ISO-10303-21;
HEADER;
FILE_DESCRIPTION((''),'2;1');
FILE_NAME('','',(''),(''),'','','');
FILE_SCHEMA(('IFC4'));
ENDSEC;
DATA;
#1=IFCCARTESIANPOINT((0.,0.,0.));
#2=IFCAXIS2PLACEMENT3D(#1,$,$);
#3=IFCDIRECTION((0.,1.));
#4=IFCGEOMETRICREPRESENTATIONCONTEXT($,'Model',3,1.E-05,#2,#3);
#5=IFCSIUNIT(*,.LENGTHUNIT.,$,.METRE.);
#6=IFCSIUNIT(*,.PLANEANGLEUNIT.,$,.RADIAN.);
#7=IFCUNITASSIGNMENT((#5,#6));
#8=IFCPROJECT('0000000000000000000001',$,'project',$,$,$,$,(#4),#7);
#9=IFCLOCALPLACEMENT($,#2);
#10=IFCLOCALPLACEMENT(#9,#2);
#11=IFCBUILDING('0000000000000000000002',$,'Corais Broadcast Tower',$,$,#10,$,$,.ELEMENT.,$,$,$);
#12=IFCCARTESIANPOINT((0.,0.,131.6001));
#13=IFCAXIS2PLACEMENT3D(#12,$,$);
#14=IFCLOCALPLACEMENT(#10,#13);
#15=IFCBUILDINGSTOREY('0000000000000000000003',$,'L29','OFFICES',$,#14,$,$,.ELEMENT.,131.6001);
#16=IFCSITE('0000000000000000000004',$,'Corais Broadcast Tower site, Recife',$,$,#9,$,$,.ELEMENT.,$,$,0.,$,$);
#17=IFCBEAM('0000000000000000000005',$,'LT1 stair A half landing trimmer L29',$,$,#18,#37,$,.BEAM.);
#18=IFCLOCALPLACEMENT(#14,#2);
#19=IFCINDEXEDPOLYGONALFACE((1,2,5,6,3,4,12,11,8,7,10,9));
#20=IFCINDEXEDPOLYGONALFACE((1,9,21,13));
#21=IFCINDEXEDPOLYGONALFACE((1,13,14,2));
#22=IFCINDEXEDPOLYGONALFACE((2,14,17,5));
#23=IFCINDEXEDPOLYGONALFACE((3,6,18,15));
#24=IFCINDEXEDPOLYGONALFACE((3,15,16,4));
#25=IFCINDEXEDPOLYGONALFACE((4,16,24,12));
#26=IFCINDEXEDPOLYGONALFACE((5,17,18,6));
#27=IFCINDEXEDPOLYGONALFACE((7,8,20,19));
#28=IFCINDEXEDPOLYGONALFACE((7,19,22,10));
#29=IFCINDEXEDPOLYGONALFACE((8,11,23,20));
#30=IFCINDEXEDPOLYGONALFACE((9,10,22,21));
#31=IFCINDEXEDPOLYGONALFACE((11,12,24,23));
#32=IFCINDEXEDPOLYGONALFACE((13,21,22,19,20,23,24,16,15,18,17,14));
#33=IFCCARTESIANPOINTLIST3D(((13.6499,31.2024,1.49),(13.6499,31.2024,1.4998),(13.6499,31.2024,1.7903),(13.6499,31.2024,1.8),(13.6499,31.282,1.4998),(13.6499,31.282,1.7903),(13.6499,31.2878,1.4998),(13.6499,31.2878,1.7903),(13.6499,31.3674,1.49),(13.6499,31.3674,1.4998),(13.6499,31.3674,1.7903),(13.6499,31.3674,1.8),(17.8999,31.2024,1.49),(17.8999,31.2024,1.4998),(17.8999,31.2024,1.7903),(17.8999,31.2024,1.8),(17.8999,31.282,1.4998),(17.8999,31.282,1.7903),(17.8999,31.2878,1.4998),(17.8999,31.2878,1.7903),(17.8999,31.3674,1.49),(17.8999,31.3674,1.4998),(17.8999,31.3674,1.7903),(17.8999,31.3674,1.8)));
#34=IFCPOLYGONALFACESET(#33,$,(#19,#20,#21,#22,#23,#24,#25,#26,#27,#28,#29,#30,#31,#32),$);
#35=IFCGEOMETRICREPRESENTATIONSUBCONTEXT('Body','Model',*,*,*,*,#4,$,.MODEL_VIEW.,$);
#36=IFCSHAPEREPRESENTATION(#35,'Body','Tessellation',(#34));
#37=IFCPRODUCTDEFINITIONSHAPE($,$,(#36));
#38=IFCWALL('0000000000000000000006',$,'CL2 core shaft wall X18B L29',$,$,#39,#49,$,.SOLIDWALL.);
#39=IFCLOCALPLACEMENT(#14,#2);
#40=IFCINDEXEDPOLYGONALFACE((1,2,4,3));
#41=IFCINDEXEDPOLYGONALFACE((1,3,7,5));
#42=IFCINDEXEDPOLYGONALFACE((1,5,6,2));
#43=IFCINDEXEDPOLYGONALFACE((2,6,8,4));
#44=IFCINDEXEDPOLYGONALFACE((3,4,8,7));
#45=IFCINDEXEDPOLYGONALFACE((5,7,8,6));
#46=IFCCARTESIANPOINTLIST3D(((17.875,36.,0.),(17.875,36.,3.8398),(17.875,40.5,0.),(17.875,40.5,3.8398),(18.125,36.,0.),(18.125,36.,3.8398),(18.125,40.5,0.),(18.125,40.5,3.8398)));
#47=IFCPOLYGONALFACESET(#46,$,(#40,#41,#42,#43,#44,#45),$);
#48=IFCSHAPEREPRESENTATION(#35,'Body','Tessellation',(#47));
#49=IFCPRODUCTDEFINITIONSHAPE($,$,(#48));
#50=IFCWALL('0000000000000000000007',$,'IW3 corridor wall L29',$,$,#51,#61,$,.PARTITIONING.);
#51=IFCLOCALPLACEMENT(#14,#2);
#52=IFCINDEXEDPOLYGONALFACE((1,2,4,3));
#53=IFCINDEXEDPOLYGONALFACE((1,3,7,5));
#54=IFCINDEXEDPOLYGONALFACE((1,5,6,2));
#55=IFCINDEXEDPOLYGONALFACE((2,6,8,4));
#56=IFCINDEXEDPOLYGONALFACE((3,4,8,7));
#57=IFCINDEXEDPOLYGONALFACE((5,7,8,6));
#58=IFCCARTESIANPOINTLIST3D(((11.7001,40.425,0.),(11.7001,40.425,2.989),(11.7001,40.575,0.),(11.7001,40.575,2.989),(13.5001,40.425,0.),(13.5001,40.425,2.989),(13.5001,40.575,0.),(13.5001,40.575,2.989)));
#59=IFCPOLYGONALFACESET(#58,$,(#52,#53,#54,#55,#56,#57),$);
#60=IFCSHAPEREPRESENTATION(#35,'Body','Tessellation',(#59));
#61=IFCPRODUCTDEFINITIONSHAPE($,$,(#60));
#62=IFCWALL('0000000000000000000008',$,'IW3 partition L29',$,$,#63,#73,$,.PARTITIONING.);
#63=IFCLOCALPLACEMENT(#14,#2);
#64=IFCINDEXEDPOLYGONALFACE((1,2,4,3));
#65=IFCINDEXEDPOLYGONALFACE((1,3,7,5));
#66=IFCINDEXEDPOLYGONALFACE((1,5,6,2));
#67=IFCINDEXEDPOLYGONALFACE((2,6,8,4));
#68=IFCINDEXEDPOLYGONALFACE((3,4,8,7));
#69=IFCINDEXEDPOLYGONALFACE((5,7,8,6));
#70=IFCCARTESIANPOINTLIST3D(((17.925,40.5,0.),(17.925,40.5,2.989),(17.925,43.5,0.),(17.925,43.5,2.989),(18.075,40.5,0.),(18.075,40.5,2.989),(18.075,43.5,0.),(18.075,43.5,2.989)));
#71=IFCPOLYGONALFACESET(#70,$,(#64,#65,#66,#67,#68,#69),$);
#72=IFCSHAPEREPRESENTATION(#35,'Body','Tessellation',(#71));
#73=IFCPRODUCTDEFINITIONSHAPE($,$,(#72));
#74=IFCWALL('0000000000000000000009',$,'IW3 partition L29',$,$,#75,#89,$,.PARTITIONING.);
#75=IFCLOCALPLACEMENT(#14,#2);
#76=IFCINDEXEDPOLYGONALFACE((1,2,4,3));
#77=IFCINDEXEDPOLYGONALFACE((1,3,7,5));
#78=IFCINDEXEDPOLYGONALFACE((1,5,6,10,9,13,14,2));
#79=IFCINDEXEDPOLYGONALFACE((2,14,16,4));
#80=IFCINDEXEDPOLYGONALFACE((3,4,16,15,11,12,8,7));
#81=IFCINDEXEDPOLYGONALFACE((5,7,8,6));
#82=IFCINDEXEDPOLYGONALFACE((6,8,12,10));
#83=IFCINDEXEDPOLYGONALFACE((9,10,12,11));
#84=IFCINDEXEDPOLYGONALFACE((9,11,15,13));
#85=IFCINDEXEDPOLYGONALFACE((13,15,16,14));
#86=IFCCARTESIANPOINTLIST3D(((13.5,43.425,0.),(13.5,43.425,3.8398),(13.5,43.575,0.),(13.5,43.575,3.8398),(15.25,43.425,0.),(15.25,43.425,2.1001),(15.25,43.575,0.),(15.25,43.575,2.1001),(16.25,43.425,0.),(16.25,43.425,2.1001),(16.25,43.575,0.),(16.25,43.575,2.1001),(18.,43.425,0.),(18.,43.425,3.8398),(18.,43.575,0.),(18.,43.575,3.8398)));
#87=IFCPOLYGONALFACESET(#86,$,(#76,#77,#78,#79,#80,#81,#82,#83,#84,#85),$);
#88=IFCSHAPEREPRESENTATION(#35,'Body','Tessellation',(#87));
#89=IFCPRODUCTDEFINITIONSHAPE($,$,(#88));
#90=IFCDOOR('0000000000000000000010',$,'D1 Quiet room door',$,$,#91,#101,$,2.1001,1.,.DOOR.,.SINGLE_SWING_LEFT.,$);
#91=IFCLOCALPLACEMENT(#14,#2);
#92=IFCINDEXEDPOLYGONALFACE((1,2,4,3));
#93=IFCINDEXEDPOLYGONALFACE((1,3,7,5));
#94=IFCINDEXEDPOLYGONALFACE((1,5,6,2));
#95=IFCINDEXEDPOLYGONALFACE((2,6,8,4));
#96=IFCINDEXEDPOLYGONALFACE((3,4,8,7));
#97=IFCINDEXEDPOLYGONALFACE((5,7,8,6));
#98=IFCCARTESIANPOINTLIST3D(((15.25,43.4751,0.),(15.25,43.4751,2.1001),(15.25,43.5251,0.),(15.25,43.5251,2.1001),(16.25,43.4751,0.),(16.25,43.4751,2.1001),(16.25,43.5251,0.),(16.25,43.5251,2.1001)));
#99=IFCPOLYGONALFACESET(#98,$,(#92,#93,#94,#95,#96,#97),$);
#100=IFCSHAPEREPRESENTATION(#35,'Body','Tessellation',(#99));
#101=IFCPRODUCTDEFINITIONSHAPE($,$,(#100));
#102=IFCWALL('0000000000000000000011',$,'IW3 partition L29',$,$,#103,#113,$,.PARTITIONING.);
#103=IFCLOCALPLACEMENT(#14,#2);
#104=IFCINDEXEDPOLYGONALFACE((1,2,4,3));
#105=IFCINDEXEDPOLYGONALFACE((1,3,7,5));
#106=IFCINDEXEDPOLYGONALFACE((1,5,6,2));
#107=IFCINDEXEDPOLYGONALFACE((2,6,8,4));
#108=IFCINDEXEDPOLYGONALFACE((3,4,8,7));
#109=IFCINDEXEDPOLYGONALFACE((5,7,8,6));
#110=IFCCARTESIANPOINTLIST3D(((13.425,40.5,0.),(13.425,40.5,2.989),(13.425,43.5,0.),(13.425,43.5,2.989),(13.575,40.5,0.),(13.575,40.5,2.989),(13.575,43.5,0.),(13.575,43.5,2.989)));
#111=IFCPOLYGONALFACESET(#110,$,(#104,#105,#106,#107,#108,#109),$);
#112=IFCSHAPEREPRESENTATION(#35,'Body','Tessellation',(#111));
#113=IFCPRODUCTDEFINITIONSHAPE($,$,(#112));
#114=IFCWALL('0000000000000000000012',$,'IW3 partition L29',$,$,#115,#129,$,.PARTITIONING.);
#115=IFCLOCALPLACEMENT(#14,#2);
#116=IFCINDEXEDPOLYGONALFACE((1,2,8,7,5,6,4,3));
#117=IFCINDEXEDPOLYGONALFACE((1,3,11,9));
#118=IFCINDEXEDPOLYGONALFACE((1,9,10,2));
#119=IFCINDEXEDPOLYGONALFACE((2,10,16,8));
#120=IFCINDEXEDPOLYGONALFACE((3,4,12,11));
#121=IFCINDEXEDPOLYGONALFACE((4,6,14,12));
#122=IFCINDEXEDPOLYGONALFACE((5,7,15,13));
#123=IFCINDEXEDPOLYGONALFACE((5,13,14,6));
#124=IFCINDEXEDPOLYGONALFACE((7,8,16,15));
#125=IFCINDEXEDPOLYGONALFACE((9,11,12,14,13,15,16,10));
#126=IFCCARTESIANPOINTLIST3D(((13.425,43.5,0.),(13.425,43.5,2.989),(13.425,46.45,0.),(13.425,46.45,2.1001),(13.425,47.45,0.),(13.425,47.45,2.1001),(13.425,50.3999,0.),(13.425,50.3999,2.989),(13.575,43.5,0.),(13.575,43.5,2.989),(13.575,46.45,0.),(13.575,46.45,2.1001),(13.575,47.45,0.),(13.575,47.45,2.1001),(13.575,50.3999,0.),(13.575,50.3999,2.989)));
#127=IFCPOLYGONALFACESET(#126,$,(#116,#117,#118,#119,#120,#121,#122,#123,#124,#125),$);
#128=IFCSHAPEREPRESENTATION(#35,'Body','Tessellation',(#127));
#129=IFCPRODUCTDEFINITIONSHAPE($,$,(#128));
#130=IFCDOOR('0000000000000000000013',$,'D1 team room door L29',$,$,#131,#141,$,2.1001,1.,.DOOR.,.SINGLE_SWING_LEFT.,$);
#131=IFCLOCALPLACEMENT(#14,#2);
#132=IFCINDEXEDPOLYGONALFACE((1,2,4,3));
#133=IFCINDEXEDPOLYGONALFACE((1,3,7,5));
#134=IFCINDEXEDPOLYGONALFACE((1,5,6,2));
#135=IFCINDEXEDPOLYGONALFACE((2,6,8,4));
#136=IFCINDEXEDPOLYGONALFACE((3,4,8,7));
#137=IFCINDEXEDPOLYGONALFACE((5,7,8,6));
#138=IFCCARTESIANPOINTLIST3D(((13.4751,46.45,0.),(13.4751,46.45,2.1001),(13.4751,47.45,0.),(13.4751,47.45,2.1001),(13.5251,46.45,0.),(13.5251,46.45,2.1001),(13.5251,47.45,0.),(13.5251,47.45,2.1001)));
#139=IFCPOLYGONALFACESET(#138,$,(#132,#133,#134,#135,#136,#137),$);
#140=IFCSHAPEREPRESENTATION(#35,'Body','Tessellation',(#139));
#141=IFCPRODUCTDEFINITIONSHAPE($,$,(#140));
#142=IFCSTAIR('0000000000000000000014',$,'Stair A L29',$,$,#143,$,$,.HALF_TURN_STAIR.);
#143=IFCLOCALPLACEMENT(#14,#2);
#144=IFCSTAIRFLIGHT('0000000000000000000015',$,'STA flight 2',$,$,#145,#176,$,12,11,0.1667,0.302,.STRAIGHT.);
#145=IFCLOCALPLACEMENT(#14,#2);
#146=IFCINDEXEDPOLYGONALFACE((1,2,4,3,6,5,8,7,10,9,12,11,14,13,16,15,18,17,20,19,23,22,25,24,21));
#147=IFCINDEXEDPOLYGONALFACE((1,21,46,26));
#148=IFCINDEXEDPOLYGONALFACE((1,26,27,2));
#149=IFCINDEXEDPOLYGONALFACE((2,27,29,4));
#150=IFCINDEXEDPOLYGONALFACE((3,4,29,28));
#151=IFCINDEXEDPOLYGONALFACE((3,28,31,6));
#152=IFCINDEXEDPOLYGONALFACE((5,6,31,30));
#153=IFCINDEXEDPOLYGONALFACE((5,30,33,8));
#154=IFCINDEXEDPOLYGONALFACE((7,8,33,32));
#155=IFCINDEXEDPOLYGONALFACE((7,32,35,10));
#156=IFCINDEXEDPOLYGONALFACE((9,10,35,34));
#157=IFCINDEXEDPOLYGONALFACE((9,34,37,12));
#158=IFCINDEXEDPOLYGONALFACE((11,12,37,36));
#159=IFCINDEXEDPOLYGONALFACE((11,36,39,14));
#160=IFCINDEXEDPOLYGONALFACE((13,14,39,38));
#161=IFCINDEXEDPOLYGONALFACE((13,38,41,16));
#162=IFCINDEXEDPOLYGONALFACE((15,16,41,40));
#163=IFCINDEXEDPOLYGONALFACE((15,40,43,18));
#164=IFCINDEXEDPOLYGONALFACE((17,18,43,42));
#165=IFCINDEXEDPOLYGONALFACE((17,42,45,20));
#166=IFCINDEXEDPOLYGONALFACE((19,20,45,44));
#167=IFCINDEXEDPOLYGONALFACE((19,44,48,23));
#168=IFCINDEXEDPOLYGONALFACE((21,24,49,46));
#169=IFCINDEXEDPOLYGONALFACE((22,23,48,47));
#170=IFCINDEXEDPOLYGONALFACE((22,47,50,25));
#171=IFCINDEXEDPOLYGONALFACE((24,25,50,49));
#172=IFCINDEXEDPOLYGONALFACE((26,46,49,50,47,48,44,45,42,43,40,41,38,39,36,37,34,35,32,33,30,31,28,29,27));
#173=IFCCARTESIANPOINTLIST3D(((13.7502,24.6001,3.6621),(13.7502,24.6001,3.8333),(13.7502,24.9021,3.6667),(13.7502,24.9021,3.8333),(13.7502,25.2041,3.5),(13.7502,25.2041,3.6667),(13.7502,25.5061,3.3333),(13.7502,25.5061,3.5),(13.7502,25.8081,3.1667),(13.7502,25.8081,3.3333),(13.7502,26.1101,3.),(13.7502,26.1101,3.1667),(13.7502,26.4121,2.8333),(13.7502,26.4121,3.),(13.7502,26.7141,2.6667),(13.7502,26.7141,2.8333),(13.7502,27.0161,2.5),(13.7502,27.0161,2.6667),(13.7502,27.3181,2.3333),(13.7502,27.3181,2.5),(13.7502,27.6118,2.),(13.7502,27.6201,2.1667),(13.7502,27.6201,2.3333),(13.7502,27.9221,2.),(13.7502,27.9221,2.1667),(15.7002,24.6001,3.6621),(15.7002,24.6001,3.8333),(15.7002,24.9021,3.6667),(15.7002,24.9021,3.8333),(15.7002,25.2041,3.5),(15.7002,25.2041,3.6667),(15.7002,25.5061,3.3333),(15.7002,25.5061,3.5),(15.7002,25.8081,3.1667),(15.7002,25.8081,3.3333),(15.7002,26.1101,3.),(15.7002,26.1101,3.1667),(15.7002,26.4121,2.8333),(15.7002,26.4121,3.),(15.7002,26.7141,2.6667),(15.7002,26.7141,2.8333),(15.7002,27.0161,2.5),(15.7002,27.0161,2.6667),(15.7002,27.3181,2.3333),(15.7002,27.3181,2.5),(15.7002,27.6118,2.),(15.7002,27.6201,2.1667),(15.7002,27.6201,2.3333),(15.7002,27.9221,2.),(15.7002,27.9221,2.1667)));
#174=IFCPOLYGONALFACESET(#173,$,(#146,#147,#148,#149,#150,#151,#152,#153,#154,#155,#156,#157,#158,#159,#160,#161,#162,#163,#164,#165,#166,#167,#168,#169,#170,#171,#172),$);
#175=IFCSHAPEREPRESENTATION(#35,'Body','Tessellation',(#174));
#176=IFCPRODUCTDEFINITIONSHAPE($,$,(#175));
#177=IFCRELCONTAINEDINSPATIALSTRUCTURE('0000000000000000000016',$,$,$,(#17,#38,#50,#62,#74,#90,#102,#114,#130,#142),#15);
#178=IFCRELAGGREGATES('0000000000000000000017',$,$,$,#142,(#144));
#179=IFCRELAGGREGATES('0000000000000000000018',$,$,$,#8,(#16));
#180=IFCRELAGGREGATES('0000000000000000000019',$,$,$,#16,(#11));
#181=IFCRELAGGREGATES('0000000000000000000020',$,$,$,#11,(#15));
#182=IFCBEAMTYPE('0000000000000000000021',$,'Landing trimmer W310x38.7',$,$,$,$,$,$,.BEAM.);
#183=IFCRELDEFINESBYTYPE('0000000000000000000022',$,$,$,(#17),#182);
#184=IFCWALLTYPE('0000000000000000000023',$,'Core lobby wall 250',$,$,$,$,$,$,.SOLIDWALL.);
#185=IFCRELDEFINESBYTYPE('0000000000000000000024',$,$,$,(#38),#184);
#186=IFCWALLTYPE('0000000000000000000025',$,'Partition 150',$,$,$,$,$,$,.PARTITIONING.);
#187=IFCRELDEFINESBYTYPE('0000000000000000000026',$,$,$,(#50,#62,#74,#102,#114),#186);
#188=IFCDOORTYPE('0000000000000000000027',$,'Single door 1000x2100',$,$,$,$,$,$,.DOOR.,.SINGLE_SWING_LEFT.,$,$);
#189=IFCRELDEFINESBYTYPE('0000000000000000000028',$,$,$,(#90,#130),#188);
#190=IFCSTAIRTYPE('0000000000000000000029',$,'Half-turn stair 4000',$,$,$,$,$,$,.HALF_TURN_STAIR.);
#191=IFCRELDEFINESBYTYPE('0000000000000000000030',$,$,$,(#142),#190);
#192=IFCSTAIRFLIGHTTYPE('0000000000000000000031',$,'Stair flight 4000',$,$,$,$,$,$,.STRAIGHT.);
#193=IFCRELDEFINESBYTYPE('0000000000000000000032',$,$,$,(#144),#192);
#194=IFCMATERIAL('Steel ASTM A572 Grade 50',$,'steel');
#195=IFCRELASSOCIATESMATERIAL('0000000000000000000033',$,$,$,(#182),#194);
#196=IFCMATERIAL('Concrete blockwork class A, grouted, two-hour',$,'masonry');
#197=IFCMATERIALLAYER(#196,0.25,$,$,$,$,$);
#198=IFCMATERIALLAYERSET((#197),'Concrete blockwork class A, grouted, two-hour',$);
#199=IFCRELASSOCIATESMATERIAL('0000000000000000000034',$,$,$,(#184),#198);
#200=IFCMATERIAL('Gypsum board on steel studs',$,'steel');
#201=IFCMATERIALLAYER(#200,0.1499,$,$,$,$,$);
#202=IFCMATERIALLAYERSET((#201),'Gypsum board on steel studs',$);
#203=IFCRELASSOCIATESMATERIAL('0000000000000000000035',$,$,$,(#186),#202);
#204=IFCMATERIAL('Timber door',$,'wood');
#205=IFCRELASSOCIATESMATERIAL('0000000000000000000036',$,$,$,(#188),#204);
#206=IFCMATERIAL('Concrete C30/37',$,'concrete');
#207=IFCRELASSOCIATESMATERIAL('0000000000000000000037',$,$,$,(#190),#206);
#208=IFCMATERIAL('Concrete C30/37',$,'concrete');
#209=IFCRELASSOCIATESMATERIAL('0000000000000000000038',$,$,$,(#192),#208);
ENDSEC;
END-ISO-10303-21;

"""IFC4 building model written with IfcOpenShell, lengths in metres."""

from ifc_helpers import new_model, si_unit, direction, frame, frame_2d, origin, origin_2d, place, context, subcontext, project, spatial, polyline, rectangle, i_section, outline, extrude, material, layer, layer_set, material_profile, profile_set, type_object, element, fill, aggregate, save


model = new_model("IFC4")

# Units and contexts
model_context = context("Model", 3, precision=1e-05, world=origin(), true_north=direction((0.0, 1.0)))
body_context = subcontext(model_context, "Body", "Model", "MODEL_VIEW")
ifc_project = project(units=[si_unit("LENGTHUNIT", "METRE"), si_unit("PLANEANGLEUNIT", "RADIAN")], contexts=[model_context])

# Site, building, storey
site_placement = place(None, origin())
site = spatial("IfcSite", under=ifc_project, at=site_placement, Name="Corais Broadcast Tower site, Recife", CompositionType="ELEMENT", RefElevation=0.0)
building_placement = place(site_placement, origin())
building = spatial("IfcBuilding", under=site, at=building_placement, Name="Corais Broadcast Tower", CompositionType="ELEMENT")
storey_placement = place(building_placement, frame((0.0, 0.0, 131.6001)))
storey = spatial("IfcBuildingStorey", under=building, at=storey_placement, Name="L29", Description="OFFICES", CompositionType="ELEMENT", Elevation=131.6001)

# Beam
ifc_material_1 = material(Name="Steel ASTM A572 Grade 50", Category="steel")
ifc_material_profile = material_profile(ifc_material_1, i_section(OverallWidth=0.165, OverallDepth=0.3101, WebThickness=0.0059, FlangeThickness=0.0098, at=origin_2d()), Name="W310x38.7")
ifc_profile_set = profile_set([ifc_material_profile], Name="Steel ASTM A572 Grade 50")
beam_type = type_object("IfcBeamType", Name="Landing trimmer W310x38.7", PredefinedType="BEAM", material=ifc_profile_set)
beam_placement = place(storey_placement, frame((13.6499, 31.2849, 1.645), z_axis=(1.0, 0.0, 0.0), x_axis=(0.0, 1.0, 0.0)))
element("IfcBeam", 1, at=beam_placement, inside=storey, type_object=beam_type, Name="LT1 stair A half landing trimmer L29", PredefinedType="BEAM", context=body_context, shape_type="SweptSolid", body=[
    extrude(i_section(OverallWidth=0.165, OverallDepth=0.3101, WebThickness=0.0059, FlangeThickness=0.0098, at=origin_2d()), origin(), (0.0, 0.0, 1.0), 4.25),
])

# Walls
ifc_material_2 = material(Name="Concrete blockwork class A, grouted, two-hour", Category="masonry")
ifc_layer_1 = layer(ifc_material_2, 0.25)
ifc_layer_set_1 = layer_set([ifc_layer_1], Name="Concrete blockwork class A, grouted, two-hour")
wall_type_1 = type_object("IfcWallType", Name="Core lobby wall 250", PredefinedType="SOLIDWALL", material=ifc_layer_set_1)
wall_1_placement = place(storey_placement, frame((18.0, 36.0, 0.0), z_axis=(0.0, 0.0, 1.0), x_axis=(0.0, 1.0, 0.0)))
element("IfcWall", 2, at=wall_1_placement, inside=storey, type_object=wall_type_1, Name="CL2 core shaft wall X18B L29", PredefinedType="SOLIDWALL", context=body_context, shape_type="SweptSolid", body=[
    extrude(rectangle(XDim=4.5, YDim=0.25, at=frame_2d((2.25, 0.0))), origin(), (0.0, 0.0, 1.0), 3.8398),
])
ifc_material_3 = material(Name="Gypsum board on steel studs", Category="steel")
ifc_layer_2 = layer(ifc_material_3, 0.1499)
ifc_layer_set_2 = layer_set([ifc_layer_2], Name="Gypsum board on steel studs")
wall_type_2 = type_object("IfcWallType", Name="Partition 150", PredefinedType="PARTITIONING", material=ifc_layer_set_2)
wall_2_placement = place(storey_placement, frame((13.5, 40.5, 0.0), z_axis=(0.0, 0.0, 1.0), x_axis=(-1.0, 0.0, 0.0)))
element("IfcWall", 3, at=wall_2_placement, inside=storey, type_object=wall_type_2, Name="IW3 corridor wall L29", PredefinedType="PARTITIONING", context=body_context, shape_type="SweptSolid", body=[
    extrude(rectangle(XDim=1.8, YDim=0.1499, at=frame_2d((0.8999, 0.0))), origin(), (0.0, 0.0, 1.0), 2.989),
])
wall_3_placement = place(storey_placement, frame((18.0, 40.5, 0.0), z_axis=(0.0, 0.0, 1.0), x_axis=(0.0, 1.0, 0.0)))
element("IfcWall", 4, at=wall_3_placement, inside=storey, type_object=wall_type_2, Name="IW3 partition L29", PredefinedType="PARTITIONING", context=body_context, shape_type="SweptSolid", body=[
    extrude(rectangle(XDim=3.0, YDim=0.1499, at=frame_2d((1.5, 0.0))), origin(), (0.0, 0.0, 1.0), 2.989),
])

# Wall, opening, door
wall_4_placement = place(storey_placement, frame((18.0, 43.5, 0.0), z_axis=(0.0, 0.0, 1.0), x_axis=(-1.0, 0.0, 0.0)))
wall_4 = element("IfcWall", 5, at=wall_4_placement, inside=storey, type_object=wall_type_2, Name="IW3 partition L29", PredefinedType="PARTITIONING", context=body_context, shape_type="SweptSolid", body=[
    extrude(rectangle(XDim=4.5, YDim=0.1499, at=frame_2d((2.25, 0.0))), origin(), (0.0, 0.0, 1.0), 3.8398),
])
opening_1_placement = place(wall_4_placement, frame((1.75, 0.0, 0.0)))
opening_1 = element("IfcOpeningElement", 6, at=opening_1_placement, cuts=wall_4, PredefinedType="OPENING", context=body_context, shape_type="SweptSolid", body=[
    extrude(rectangle(XDim=1.0, YDim=2.1001, at=frame_2d((0.5, 1.05))), frame((0.0, 0.085, 0.0), z_axis=(0.0, -1.0, 0.0), x_axis=(1.0, 0.0, 0.0)), (0.0, 0.0, 1.0), 0.1699),
])
ifc_material_4 = material(Name="Timber door", Category="wood")
door_type = type_object("IfcDoorType", Name="Single door 1000x2100", OperationType="SINGLE_SWING_LEFT", PredefinedType="DOOR", material=ifc_material_4)
door_1_placement = place(opening_1_placement, origin())
door_1 = element("IfcDoor", 7, at=door_1_placement, inside=storey, type_object=door_type, Name="D1 Quiet room door", OperationType="SINGLE_SWING_LEFT", OverallHeight=2.1001, OverallWidth=1.0, PredefinedType="DOOR", context=body_context, shape_type="SweptSolid", body=[
    extrude(rectangle(XDim=1.0, YDim=2.1001, at=frame_2d((0.5, 1.05))), frame((0.0, 0.0249, 0.0), z_axis=(0.0, -1.0, 0.0), x_axis=(1.0, 0.0, 0.0)), (0.0, 0.0, 1.0), 0.05),
])
fill(opening_1, door_1)

# Wall
wall_5_placement = place(storey_placement, frame((13.5, 43.5, 0.0), z_axis=(0.0, 0.0, 1.0), x_axis=(0.0, -1.0, 0.0)))
element("IfcWall", 8, at=wall_5_placement, inside=storey, type_object=wall_type_2, Name="IW3 partition L29", PredefinedType="PARTITIONING", context=body_context, shape_type="SweptSolid", body=[
    extrude(rectangle(XDim=3.0, YDim=0.1499, at=frame_2d((1.5, 0.0))), origin(), (0.0, 0.0, 1.0), 2.989),
])

# Wall, opening, door
wall_6_placement = place(storey_placement, frame((13.5, 43.5, 0.0), z_axis=(0.0, 0.0, 1.0), x_axis=(0.0, 1.0, 0.0)))
wall_6 = element("IfcWall", 9, at=wall_6_placement, inside=storey, type_object=wall_type_2, Name="IW3 partition L29", PredefinedType="PARTITIONING", context=body_context, shape_type="SweptSolid", body=[
    extrude(rectangle(XDim=6.8999, YDim=0.1499, at=frame_2d((3.45, 0.0))), origin(), (0.0, 0.0, 1.0), 2.989),
])
opening_2_placement = place(wall_6_placement, frame((2.95, 0.0, 0.0)))
opening_2 = element("IfcOpeningElement", 10, at=opening_2_placement, cuts=wall_6, PredefinedType="OPENING", context=body_context, shape_type="SweptSolid", body=[
    extrude(rectangle(XDim=1.0, YDim=2.1001, at=frame_2d((0.5, 1.05))), frame((0.0, 0.085, 0.0), z_axis=(0.0, -1.0, 0.0), x_axis=(1.0, 0.0, 0.0)), (0.0, 0.0, 1.0), 0.1699),
])
door_2_placement = place(opening_2_placement, origin())
door_2 = element("IfcDoor", 11, at=door_2_placement, inside=storey, type_object=door_type, Name="D1 team room door L29", OperationType="SINGLE_SWING_LEFT", OverallHeight=2.1001, OverallWidth=1.0, PredefinedType="DOOR", context=body_context, shape_type="SweptSolid", body=[
    extrude(rectangle(XDim=1.0, YDim=2.1001, at=frame_2d((0.5, 1.05))), frame((0.0, 0.0249, 0.0), z_axis=(0.0, -1.0, 0.0), x_axis=(1.0, 0.0, 0.0)), (0.0, 0.0, 1.0), 0.05),
])
fill(opening_2, door_2)

# Stair, stair flight
ifc_material_5 = material(Name="Concrete C30/37", Category="concrete")
stair_type = type_object("IfcStairType", Name="Half-turn stair 4000", PredefinedType="HALF_TURN_STAIR", material=ifc_material_5)
stair_placement = place(storey_placement, origin())
stair = element("IfcStair", 12, at=stair_placement, inside=storey, type_object=stair_type, Name="Stair A L29", PredefinedType="HALF_TURN_STAIR")
ifc_material_6 = material(Name="Concrete C30/37", Category="concrete")
stair_flight_type = type_object("IfcStairFlightType", Name="Stair flight 4000", PredefinedType="STRAIGHT", material=ifc_material_6)
stair_flight_placement = place(storey_placement, frame((14.7251, 27.9221, 2.0), z_axis=(0.0, 0.0, 1.0), x_axis=(0.0, -1.0, 0.0)))
stair_flight = element("IfcStairFlight", 13, at=stair_flight_placement, type_object=stair_flight_type, Name="STA flight 2", NumberOfRisers=12, NumberOfTreads=11, PredefinedType="STRAIGHT", RiserHeight=0.1667, TreadLength=0.302, context=body_context, shape_type="SweptSolid", body=[
    extrude(outline(polyline([(0.0, 0.0), (0.0, 0.1667), (0.302, 0.1667), (0.302, 0.3333), (0.604, 0.3333), (0.604, 0.5), (0.906, 0.5), (0.906, 0.6667), (1.208, 0.6667), (1.208, 0.8333), (1.51, 0.8333), (1.51, 1.0), (1.812, 1.0), (1.812, 1.1667), (2.114, 1.1667), (2.114, 1.3333), (2.416, 1.3333), (2.416, 1.5), (2.718, 1.5), (2.718, 1.6667), (3.02, 1.6667), (3.02, 1.8333), (3.322, 1.8333), (3.322, 2.0), (3.322, 1.6621), (0.3103, 0.0), (0.0, 0.0)])), frame((0.0, 0.9751, 0.0), z_axis=(0.0, -1.0, 0.0), x_axis=(1.0, 0.0, 0.0)), (0.0, 0.0, 1.0), 1.95),
])
aggregate(stair, [stair_flight])

save(model, "model.ifc")
